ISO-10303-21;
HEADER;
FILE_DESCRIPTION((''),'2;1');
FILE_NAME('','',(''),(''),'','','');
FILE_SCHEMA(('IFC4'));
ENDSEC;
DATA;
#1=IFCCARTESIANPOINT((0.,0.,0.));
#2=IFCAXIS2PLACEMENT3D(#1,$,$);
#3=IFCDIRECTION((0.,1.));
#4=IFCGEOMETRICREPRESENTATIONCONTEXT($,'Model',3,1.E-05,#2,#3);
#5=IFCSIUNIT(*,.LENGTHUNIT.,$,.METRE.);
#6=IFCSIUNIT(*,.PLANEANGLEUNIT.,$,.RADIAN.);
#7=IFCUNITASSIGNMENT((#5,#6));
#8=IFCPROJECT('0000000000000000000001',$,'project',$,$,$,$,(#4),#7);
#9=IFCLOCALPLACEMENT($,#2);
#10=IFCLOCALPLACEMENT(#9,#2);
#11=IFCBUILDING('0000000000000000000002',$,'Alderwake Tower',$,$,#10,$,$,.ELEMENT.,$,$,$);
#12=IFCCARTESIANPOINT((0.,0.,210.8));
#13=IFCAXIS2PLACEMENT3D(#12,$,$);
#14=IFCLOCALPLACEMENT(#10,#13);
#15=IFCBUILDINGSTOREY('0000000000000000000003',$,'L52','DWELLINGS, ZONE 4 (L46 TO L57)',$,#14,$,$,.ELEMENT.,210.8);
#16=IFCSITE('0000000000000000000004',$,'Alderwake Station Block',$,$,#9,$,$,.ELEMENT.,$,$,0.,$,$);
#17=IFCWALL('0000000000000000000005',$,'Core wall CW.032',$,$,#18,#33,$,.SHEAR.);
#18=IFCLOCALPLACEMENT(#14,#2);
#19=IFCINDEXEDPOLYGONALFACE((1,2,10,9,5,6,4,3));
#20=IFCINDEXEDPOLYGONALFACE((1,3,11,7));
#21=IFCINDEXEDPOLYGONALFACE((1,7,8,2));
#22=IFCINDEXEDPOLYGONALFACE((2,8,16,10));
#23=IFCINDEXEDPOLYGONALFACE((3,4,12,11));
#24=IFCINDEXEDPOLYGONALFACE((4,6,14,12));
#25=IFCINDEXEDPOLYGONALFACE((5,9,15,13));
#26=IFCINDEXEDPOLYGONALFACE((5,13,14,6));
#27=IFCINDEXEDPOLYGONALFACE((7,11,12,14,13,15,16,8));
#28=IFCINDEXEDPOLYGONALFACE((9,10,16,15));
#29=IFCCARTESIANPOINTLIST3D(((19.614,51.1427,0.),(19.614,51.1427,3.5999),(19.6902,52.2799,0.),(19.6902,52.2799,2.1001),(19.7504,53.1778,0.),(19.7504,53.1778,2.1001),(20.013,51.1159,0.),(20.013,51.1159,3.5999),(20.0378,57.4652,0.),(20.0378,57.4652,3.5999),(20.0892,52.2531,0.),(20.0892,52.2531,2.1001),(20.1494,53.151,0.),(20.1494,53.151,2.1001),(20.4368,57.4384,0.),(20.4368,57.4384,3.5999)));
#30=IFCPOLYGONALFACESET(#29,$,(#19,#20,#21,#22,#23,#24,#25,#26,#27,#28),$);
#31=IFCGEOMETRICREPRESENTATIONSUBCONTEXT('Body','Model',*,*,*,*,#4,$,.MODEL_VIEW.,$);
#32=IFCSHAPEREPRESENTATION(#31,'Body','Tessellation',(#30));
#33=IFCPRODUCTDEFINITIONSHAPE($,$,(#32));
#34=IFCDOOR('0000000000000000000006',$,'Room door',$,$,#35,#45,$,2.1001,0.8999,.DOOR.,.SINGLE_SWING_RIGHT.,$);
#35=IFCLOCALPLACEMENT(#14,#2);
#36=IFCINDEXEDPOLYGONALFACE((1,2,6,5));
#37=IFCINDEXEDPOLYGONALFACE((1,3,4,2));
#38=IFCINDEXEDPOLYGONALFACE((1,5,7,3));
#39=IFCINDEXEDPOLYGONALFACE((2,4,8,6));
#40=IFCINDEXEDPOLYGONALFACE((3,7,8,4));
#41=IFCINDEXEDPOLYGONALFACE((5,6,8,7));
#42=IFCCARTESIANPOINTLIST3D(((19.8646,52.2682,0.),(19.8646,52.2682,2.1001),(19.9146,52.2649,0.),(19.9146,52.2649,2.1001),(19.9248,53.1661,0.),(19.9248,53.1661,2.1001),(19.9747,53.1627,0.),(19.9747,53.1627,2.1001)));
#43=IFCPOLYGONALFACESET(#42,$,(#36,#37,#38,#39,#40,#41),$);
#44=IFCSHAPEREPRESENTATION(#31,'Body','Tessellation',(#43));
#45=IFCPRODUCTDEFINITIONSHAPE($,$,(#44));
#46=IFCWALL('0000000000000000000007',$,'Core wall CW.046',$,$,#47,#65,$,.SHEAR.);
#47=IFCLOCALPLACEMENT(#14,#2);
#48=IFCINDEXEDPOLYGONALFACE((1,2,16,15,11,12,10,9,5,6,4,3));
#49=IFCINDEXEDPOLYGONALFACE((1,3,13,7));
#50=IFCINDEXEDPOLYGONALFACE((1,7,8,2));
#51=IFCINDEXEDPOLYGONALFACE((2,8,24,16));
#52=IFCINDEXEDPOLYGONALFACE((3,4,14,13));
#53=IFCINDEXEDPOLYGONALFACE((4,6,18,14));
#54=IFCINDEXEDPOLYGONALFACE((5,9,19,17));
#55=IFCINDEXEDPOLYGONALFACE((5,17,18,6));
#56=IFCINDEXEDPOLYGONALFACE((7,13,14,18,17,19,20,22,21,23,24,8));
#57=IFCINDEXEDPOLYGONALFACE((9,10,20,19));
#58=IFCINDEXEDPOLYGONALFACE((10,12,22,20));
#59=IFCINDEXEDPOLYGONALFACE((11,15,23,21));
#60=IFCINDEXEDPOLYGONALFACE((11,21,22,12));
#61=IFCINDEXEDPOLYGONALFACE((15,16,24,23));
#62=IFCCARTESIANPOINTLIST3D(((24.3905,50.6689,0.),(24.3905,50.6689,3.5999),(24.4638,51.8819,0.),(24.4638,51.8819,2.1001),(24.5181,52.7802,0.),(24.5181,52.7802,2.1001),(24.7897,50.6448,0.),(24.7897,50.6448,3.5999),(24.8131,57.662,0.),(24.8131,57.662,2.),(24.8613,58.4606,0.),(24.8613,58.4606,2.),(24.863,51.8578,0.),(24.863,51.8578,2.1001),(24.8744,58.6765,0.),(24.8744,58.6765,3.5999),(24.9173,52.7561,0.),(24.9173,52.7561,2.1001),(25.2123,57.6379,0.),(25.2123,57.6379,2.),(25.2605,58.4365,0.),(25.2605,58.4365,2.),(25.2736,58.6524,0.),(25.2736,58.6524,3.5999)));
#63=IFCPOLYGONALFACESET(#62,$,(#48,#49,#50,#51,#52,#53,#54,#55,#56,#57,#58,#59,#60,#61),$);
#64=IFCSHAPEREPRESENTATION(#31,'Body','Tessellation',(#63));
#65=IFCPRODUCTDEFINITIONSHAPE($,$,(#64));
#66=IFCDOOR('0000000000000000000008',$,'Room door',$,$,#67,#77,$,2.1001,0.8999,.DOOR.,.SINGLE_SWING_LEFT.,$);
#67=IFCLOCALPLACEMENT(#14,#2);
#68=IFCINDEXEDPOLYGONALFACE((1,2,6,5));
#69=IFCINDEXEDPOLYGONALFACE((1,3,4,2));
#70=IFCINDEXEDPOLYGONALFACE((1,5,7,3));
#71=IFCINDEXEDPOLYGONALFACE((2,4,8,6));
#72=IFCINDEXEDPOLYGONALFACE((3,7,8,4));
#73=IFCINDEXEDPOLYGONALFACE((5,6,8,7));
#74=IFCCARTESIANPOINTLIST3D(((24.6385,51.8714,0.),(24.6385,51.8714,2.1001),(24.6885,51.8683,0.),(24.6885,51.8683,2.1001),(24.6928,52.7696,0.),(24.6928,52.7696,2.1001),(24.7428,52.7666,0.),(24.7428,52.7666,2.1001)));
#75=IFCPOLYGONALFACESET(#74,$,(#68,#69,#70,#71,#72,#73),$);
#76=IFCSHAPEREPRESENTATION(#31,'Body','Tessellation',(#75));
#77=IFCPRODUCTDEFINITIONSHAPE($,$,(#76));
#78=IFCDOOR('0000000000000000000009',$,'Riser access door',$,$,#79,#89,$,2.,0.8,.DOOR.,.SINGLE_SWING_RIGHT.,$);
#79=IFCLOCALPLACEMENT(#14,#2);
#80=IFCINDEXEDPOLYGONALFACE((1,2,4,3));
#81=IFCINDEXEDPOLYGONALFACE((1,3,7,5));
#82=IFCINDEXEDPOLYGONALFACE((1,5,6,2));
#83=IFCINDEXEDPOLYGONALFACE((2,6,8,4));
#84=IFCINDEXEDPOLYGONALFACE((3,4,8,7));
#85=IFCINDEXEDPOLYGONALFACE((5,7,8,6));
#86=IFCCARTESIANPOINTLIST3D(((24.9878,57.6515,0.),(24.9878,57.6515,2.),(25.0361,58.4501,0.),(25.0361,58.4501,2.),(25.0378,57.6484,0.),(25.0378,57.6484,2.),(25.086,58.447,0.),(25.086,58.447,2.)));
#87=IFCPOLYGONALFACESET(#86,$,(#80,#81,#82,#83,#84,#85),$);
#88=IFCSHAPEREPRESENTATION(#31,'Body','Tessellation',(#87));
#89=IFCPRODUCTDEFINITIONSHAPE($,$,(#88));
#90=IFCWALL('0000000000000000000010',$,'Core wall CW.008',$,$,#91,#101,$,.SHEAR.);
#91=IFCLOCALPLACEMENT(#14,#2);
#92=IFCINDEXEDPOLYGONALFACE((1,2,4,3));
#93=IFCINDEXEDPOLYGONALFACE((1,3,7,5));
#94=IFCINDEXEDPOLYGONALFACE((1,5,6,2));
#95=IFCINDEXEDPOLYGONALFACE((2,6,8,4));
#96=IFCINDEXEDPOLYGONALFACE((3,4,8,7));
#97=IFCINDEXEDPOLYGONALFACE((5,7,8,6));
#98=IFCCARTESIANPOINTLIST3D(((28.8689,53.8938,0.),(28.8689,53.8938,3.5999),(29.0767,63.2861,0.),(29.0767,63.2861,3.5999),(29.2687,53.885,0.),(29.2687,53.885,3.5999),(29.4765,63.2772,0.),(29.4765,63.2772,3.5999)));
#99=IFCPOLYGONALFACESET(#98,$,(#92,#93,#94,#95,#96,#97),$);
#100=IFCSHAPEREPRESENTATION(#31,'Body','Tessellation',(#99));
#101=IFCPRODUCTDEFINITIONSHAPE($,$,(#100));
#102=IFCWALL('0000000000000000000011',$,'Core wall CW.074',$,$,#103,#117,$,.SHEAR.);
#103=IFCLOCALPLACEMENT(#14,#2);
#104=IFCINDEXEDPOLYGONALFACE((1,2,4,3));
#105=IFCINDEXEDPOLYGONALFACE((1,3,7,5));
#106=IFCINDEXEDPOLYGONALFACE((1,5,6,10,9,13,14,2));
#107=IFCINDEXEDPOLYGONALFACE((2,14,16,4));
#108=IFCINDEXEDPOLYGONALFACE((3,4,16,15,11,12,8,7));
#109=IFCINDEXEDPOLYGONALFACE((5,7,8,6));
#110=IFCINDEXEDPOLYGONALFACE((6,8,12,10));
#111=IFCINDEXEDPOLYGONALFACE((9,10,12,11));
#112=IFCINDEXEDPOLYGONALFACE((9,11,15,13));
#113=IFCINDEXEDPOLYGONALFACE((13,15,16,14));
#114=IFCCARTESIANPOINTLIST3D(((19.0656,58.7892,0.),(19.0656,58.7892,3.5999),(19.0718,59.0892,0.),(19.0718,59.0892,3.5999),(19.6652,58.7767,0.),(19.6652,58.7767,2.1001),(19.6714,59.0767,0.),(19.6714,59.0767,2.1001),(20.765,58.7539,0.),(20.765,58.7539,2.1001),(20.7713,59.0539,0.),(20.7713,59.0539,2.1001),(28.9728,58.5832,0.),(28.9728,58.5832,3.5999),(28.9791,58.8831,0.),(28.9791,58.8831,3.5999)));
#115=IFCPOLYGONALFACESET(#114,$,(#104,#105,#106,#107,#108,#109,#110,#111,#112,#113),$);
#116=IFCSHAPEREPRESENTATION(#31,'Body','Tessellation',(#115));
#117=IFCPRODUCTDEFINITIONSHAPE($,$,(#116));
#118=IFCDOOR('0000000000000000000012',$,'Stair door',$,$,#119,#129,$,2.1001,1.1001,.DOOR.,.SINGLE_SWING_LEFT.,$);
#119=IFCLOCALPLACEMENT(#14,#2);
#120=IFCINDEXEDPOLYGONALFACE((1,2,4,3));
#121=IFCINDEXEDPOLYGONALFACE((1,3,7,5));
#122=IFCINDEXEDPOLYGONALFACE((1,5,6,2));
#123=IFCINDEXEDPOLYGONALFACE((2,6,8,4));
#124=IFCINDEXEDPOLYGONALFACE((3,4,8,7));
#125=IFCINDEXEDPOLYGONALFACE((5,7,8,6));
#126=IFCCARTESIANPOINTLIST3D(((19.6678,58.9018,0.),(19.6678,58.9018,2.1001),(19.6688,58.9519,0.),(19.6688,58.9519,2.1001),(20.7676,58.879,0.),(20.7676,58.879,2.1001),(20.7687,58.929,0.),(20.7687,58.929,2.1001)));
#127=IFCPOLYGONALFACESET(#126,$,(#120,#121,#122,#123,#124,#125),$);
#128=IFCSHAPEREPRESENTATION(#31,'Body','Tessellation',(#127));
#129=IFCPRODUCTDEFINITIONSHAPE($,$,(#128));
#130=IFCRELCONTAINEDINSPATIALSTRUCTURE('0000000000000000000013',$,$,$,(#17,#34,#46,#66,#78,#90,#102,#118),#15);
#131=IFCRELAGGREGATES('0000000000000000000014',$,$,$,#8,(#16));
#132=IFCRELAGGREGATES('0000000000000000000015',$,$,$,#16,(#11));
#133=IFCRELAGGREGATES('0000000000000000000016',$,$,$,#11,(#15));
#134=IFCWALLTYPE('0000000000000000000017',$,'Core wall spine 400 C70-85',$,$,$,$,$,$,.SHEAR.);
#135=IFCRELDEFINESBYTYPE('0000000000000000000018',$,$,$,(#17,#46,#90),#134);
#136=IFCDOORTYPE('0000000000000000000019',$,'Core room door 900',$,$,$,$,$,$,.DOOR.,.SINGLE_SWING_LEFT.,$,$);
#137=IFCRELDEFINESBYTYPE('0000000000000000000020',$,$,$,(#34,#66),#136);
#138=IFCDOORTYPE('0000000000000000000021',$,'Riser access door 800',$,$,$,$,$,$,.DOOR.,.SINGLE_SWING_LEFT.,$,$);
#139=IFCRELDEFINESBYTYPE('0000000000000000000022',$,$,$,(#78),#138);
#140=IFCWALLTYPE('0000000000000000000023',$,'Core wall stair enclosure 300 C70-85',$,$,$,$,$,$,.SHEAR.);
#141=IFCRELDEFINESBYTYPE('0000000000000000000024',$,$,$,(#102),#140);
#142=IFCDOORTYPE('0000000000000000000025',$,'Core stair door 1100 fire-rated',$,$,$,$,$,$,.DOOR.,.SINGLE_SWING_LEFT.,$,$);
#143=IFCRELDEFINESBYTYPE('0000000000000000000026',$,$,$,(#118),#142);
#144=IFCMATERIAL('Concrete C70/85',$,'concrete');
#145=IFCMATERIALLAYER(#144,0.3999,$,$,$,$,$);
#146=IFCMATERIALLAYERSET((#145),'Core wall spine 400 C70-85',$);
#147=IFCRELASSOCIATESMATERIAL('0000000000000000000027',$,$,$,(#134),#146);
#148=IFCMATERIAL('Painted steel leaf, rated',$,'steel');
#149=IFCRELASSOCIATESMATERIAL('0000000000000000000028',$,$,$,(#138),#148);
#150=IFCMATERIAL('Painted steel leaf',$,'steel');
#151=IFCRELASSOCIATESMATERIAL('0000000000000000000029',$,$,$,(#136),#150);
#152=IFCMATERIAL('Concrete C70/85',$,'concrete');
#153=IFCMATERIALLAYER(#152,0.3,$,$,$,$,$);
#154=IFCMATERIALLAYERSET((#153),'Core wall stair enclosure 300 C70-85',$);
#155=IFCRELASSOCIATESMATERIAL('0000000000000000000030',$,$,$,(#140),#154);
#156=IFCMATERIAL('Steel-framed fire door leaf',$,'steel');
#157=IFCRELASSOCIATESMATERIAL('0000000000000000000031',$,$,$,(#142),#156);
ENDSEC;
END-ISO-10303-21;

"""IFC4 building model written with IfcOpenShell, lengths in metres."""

from ifc_helpers import new_model, si_unit, direction, frame, frame_2d, origin, place, context, subcontext, project, spatial, rectangle, extrude, material, layer, layer_set, type_object, element, fill, save


model = new_model("IFC4")

# Units and contexts
model_context = context("Model", 3, precision=1e-05, world=origin(), true_north=direction((0.0, 1.0)))
body_context = subcontext(model_context, "Body", "Model", "MODEL_VIEW")
ifc_project = project(units=[si_unit("LENGTHUNIT", "METRE"), si_unit("PLANEANGLEUNIT", "RADIAN")], contexts=[model_context])

# Site, building, storey
site_placement = place(None, origin())
site = spatial("IfcSite", under=ifc_project, at=site_placement, Name="Alderwake Station Block", CompositionType="ELEMENT", RefElevation=0.0)
building_placement = place(site_placement, origin())
building = spatial("IfcBuilding", under=site, at=building_placement, Name="Alderwake Tower", CompositionType="ELEMENT")
storey_placement = place(building_placement, frame((0.0, 0.0, 210.8)))
storey = spatial("IfcBuildingStorey", under=building, at=storey_placement, Name="L52", Description="DWELLINGS, ZONE 4 (L46 TO L57)", CompositionType="ELEMENT", Elevation=210.8)

# Shared definitions
ifc_material_1 = material(Name="Concrete C70/85", Category="concrete")
ifc_layer_1 = layer(ifc_material_1, 0.3999)
ifc_layer_set_1 = layer_set([ifc_layer_1], Name="Core wall spine 400 C70-85")
wall_type_1 = type_object("IfcWallType", Name="Core wall spine 400 C70-85", PredefinedType="SHEAR", material=ifc_layer_set_1)
ifc_material_2 = material(Name="Painted steel leaf, rated", Category="steel")
door_type_1 = type_object("IfcDoorType", Name="Riser access door 800", OperationType="SINGLE_SWING_LEFT", PredefinedType="DOOR", material=ifc_material_2)

# Wall, opening, door
wall_1_placement = place(storey_placement, frame((20.2373, 57.4519, 0.0), z_axis=(0.0, 0.0, 1.0), x_axis=(-0.066885, -0.997761, 0.0)))
wall_1 = element("IfcWall", 1, at=wall_1_placement, inside=storey, type_object=wall_type_1, Name="Core wall CW.032", PredefinedType="SHEAR", context=body_context, shape_type="SweptSolid", body=[
    extrude(rectangle(XDim=6.3367, YDim=0.3999, at=frame_2d((3.1685, 0.0))), origin(), (0.0, 0.0, 1.0), 3.5999),
])
opening_1_placement = place(wall_1_placement, frame((4.2971, 0.0, 0.0)))
opening_1 = element("IfcOpeningElement", 2, at=opening_1_placement, cuts=wall_1, PredefinedType="OPENING", context=body_context, shape_type="SweptSolid", body=[
    extrude(rectangle(XDim=0.8999, YDim=2.1001, at=frame_2d((0.45, 1.05))), frame((0.0, 0.21, 0.0), z_axis=(0.0, -1.0, 0.0), x_axis=(1.0, 0.0, 0.0)), (0.0, 0.0, 1.0), 0.4199),
])
ifc_material_3 = material(Name="Painted steel leaf", Category="steel")
door_type_2 = type_object("IfcDoorType", Name="Core room door 900", OperationType="SINGLE_SWING_LEFT", PredefinedType="DOOR", material=ifc_material_3)
door_1_placement = place(opening_1_placement, origin())
door_1 = element("IfcDoor", 3, at=door_1_placement, inside=storey, type_object=door_type_2, Name="Room door", OperationType="SINGLE_SWING_RIGHT", OverallHeight=2.1001, OverallWidth=0.8999, PredefinedType="DOOR", context=body_context, shape_type="SweptSolid", body=[
    extrude(rectangle(XDim=0.8999, YDim=2.1001, at=frame_2d((0.45, 1.05))), frame((0.0, 0.0249, 0.0), z_axis=(0.0, -1.0, 0.0), x_axis=(1.0, 0.0, 0.0)), (0.0, 0.0, 1.0), 0.05),
])
fill(opening_1, door_1)

# Wall, openings, doors
wall_2_placement = place(storey_placement, frame((24.5901, 50.6567, 0.0), z_axis=(0.0, 0.0, 1.0), x_axis=(0.060319, 0.998179, 0.0)))
wall_2 = element("IfcWall", 4, at=wall_2_placement, inside=storey, type_object=wall_type_1, Name="Core wall CW.046", PredefinedType="SHEAR", context=body_context, shape_type="SweptSolid", body=[
    extrude(rectangle(XDim=8.0222, YDim=0.3999, at=frame_2d((4.0112, 0.0))), origin(), (0.0, 0.0, 1.0), 3.5999),
])
opening_2_placement = place(wall_2_placement, frame((7.0061, 0.0, 0.0)))
opening_2 = element("IfcOpeningElement", 5, at=opening_2_placement, cuts=wall_2, PredefinedType="OPENING", context=body_context, shape_type="SweptSolid", body=[
    extrude(rectangle(XDim=0.8, YDim=2.0, at=frame_2d((0.3999, 1.0))), frame((0.0, 0.21, 0.0), z_axis=(0.0, -1.0, 0.0), x_axis=(1.0, 0.0, 0.0)), (0.0, 0.0, 1.0), 0.4199),
])
opening_3_placement = place(wall_2_placement, frame((1.2153, 0.0, 0.0)))
opening_3 = element("IfcOpeningElement", 6, at=opening_3_placement, cuts=wall_2, PredefinedType="OPENING", context=body_context, shape_type="SweptSolid", body=[
    extrude(rectangle(XDim=0.8999, YDim=2.1001, at=frame_2d((0.45, 1.05))), frame((0.0, 0.21, 0.0), z_axis=(0.0, -1.0, 0.0), x_axis=(1.0, 0.0, 0.0)), (0.0, 0.0, 1.0), 0.4199),
])
door_2_placement = place(opening_3_placement, origin())
door_2 = element("IfcDoor", 7, at=door_2_placement, inside=storey, type_object=door_type_2, Name="Room door", OperationType="SINGLE_SWING_LEFT", OverallHeight=2.1001, OverallWidth=0.8999, PredefinedType="DOOR", context=body_context, shape_type="SweptSolid", body=[
    extrude(rectangle(XDim=0.8999, YDim=2.1001, at=frame_2d((0.45, 1.05))), frame((0.0, 0.0249, 0.0), z_axis=(0.0, -1.0, 0.0), x_axis=(1.0, 0.0, 0.0)), (0.0, 0.0, 1.0), 0.05),
])
fill(opening_3, door_2)
door_3_placement = place(opening_2_placement, origin())
door_3 = element("IfcDoor", 8, at=door_3_placement, inside=storey, type_object=door_type_1, Name="Riser access door", OperationType="SINGLE_SWING_RIGHT", OverallHeight=2.0, OverallWidth=0.8, PredefinedType="DOOR", context=body_context, shape_type="SweptSolid", body=[
    extrude(rectangle(XDim=0.8, YDim=2.0, at=frame_2d((0.3999, 1.0))), frame((0.0, 0.0249, 0.0), z_axis=(0.0, -1.0, 0.0), x_axis=(1.0, 0.0, 0.0)), (0.0, 0.0, 1.0), 0.05),
])
fill(opening_2, door_3)

# Wall
wall_3_placement = place(storey_placement, frame((29.0688, 53.8894, 0.0), z_axis=(0.0, 0.0, 1.0), x_axis=(0.022115, 0.999755, 0.0)))
element("IfcWall", 9, at=wall_3_placement, inside=storey, type_object=wall_type_1, Name="Core wall CW.008", PredefinedType="SHEAR", context=body_context, shape_type="SweptSolid", body=[
    extrude(rectangle(XDim=9.3945, YDim=0.3999, at=frame_2d((4.6973, 0.0))), origin(), (0.0, 0.0, 1.0), 3.5999),
])

# Wall, opening, door
ifc_material_4 = material(Name="Concrete C70/85", Category="concrete")
ifc_layer_2 = layer(ifc_material_4, 0.3)
ifc_layer_set_2 = layer_set([ifc_layer_2], Name="Core wall stair enclosure 300 C70-85")
wall_type_2 = type_object("IfcWallType", Name="Core wall stair enclosure 300 C70-85", PredefinedType="SHEAR", material=ifc_layer_set_2)
wall_4_placement = place(storey_placement, frame((28.9758, 58.7332, 0.0), z_axis=(0.0, 0.0, 1.0), x_axis=(-0.999784, 0.020794, 0.0)))
wall_4 = element("IfcWall", 10, at=wall_4_placement, inside=storey, type_object=wall_type_2, Name="Core wall CW.074", PredefinedType="SHEAR", context=body_context, shape_type="SweptSolid", body=[
    extrude(rectangle(XDim=9.9094, YDim=0.3, at=frame_2d((4.9546, 0.0))), origin(), (0.0, 0.0, 1.0), 3.5999),
])
opening_4_placement = place(wall_4_placement, frame((8.2095, 0.0, 0.0)))
opening_4 = element("IfcOpeningElement", 11, at=opening_4_placement, cuts=wall_4, PredefinedType="OPENING", context=body_context, shape_type="SweptSolid", body=[
    extrude(rectangle(XDim=1.1001, YDim=2.1001, at=frame_2d((0.55, 1.05))), frame((0.0, 0.1599, 0.0), z_axis=(0.0, -1.0, 0.0), x_axis=(1.0, 0.0, 0.0)), (0.0, 0.0, 1.0), 0.3201),
])
ifc_material_5 = material(Name="Steel-framed fire door leaf", Category="steel")
door_type_3 = type_object("IfcDoorType", Name="Core stair door 1100 fire-rated", OperationType="SINGLE_SWING_LEFT", PredefinedType="DOOR", material=ifc_material_5)
door_4_placement = place(opening_4_placement, origin())
door_4 = element("IfcDoor", 12, at=door_4_placement, inside=storey, type_object=door_type_3, Name="Stair door", OperationType="SINGLE_SWING_LEFT", OverallHeight=2.1001, OverallWidth=1.1001, PredefinedType="DOOR", context=body_context, shape_type="SweptSolid", body=[
    extrude(rectangle(XDim=1.1001, YDim=2.1001, at=frame_2d((0.55, 1.05))), frame((0.0, 0.0249, 0.0), z_axis=(0.0, -1.0, 0.0), x_axis=(1.0, 0.0, 0.0)), (0.0, 0.0, 1.0), 0.05),
])
fill(opening_4, door_4)

save(model, "model.ifc")
